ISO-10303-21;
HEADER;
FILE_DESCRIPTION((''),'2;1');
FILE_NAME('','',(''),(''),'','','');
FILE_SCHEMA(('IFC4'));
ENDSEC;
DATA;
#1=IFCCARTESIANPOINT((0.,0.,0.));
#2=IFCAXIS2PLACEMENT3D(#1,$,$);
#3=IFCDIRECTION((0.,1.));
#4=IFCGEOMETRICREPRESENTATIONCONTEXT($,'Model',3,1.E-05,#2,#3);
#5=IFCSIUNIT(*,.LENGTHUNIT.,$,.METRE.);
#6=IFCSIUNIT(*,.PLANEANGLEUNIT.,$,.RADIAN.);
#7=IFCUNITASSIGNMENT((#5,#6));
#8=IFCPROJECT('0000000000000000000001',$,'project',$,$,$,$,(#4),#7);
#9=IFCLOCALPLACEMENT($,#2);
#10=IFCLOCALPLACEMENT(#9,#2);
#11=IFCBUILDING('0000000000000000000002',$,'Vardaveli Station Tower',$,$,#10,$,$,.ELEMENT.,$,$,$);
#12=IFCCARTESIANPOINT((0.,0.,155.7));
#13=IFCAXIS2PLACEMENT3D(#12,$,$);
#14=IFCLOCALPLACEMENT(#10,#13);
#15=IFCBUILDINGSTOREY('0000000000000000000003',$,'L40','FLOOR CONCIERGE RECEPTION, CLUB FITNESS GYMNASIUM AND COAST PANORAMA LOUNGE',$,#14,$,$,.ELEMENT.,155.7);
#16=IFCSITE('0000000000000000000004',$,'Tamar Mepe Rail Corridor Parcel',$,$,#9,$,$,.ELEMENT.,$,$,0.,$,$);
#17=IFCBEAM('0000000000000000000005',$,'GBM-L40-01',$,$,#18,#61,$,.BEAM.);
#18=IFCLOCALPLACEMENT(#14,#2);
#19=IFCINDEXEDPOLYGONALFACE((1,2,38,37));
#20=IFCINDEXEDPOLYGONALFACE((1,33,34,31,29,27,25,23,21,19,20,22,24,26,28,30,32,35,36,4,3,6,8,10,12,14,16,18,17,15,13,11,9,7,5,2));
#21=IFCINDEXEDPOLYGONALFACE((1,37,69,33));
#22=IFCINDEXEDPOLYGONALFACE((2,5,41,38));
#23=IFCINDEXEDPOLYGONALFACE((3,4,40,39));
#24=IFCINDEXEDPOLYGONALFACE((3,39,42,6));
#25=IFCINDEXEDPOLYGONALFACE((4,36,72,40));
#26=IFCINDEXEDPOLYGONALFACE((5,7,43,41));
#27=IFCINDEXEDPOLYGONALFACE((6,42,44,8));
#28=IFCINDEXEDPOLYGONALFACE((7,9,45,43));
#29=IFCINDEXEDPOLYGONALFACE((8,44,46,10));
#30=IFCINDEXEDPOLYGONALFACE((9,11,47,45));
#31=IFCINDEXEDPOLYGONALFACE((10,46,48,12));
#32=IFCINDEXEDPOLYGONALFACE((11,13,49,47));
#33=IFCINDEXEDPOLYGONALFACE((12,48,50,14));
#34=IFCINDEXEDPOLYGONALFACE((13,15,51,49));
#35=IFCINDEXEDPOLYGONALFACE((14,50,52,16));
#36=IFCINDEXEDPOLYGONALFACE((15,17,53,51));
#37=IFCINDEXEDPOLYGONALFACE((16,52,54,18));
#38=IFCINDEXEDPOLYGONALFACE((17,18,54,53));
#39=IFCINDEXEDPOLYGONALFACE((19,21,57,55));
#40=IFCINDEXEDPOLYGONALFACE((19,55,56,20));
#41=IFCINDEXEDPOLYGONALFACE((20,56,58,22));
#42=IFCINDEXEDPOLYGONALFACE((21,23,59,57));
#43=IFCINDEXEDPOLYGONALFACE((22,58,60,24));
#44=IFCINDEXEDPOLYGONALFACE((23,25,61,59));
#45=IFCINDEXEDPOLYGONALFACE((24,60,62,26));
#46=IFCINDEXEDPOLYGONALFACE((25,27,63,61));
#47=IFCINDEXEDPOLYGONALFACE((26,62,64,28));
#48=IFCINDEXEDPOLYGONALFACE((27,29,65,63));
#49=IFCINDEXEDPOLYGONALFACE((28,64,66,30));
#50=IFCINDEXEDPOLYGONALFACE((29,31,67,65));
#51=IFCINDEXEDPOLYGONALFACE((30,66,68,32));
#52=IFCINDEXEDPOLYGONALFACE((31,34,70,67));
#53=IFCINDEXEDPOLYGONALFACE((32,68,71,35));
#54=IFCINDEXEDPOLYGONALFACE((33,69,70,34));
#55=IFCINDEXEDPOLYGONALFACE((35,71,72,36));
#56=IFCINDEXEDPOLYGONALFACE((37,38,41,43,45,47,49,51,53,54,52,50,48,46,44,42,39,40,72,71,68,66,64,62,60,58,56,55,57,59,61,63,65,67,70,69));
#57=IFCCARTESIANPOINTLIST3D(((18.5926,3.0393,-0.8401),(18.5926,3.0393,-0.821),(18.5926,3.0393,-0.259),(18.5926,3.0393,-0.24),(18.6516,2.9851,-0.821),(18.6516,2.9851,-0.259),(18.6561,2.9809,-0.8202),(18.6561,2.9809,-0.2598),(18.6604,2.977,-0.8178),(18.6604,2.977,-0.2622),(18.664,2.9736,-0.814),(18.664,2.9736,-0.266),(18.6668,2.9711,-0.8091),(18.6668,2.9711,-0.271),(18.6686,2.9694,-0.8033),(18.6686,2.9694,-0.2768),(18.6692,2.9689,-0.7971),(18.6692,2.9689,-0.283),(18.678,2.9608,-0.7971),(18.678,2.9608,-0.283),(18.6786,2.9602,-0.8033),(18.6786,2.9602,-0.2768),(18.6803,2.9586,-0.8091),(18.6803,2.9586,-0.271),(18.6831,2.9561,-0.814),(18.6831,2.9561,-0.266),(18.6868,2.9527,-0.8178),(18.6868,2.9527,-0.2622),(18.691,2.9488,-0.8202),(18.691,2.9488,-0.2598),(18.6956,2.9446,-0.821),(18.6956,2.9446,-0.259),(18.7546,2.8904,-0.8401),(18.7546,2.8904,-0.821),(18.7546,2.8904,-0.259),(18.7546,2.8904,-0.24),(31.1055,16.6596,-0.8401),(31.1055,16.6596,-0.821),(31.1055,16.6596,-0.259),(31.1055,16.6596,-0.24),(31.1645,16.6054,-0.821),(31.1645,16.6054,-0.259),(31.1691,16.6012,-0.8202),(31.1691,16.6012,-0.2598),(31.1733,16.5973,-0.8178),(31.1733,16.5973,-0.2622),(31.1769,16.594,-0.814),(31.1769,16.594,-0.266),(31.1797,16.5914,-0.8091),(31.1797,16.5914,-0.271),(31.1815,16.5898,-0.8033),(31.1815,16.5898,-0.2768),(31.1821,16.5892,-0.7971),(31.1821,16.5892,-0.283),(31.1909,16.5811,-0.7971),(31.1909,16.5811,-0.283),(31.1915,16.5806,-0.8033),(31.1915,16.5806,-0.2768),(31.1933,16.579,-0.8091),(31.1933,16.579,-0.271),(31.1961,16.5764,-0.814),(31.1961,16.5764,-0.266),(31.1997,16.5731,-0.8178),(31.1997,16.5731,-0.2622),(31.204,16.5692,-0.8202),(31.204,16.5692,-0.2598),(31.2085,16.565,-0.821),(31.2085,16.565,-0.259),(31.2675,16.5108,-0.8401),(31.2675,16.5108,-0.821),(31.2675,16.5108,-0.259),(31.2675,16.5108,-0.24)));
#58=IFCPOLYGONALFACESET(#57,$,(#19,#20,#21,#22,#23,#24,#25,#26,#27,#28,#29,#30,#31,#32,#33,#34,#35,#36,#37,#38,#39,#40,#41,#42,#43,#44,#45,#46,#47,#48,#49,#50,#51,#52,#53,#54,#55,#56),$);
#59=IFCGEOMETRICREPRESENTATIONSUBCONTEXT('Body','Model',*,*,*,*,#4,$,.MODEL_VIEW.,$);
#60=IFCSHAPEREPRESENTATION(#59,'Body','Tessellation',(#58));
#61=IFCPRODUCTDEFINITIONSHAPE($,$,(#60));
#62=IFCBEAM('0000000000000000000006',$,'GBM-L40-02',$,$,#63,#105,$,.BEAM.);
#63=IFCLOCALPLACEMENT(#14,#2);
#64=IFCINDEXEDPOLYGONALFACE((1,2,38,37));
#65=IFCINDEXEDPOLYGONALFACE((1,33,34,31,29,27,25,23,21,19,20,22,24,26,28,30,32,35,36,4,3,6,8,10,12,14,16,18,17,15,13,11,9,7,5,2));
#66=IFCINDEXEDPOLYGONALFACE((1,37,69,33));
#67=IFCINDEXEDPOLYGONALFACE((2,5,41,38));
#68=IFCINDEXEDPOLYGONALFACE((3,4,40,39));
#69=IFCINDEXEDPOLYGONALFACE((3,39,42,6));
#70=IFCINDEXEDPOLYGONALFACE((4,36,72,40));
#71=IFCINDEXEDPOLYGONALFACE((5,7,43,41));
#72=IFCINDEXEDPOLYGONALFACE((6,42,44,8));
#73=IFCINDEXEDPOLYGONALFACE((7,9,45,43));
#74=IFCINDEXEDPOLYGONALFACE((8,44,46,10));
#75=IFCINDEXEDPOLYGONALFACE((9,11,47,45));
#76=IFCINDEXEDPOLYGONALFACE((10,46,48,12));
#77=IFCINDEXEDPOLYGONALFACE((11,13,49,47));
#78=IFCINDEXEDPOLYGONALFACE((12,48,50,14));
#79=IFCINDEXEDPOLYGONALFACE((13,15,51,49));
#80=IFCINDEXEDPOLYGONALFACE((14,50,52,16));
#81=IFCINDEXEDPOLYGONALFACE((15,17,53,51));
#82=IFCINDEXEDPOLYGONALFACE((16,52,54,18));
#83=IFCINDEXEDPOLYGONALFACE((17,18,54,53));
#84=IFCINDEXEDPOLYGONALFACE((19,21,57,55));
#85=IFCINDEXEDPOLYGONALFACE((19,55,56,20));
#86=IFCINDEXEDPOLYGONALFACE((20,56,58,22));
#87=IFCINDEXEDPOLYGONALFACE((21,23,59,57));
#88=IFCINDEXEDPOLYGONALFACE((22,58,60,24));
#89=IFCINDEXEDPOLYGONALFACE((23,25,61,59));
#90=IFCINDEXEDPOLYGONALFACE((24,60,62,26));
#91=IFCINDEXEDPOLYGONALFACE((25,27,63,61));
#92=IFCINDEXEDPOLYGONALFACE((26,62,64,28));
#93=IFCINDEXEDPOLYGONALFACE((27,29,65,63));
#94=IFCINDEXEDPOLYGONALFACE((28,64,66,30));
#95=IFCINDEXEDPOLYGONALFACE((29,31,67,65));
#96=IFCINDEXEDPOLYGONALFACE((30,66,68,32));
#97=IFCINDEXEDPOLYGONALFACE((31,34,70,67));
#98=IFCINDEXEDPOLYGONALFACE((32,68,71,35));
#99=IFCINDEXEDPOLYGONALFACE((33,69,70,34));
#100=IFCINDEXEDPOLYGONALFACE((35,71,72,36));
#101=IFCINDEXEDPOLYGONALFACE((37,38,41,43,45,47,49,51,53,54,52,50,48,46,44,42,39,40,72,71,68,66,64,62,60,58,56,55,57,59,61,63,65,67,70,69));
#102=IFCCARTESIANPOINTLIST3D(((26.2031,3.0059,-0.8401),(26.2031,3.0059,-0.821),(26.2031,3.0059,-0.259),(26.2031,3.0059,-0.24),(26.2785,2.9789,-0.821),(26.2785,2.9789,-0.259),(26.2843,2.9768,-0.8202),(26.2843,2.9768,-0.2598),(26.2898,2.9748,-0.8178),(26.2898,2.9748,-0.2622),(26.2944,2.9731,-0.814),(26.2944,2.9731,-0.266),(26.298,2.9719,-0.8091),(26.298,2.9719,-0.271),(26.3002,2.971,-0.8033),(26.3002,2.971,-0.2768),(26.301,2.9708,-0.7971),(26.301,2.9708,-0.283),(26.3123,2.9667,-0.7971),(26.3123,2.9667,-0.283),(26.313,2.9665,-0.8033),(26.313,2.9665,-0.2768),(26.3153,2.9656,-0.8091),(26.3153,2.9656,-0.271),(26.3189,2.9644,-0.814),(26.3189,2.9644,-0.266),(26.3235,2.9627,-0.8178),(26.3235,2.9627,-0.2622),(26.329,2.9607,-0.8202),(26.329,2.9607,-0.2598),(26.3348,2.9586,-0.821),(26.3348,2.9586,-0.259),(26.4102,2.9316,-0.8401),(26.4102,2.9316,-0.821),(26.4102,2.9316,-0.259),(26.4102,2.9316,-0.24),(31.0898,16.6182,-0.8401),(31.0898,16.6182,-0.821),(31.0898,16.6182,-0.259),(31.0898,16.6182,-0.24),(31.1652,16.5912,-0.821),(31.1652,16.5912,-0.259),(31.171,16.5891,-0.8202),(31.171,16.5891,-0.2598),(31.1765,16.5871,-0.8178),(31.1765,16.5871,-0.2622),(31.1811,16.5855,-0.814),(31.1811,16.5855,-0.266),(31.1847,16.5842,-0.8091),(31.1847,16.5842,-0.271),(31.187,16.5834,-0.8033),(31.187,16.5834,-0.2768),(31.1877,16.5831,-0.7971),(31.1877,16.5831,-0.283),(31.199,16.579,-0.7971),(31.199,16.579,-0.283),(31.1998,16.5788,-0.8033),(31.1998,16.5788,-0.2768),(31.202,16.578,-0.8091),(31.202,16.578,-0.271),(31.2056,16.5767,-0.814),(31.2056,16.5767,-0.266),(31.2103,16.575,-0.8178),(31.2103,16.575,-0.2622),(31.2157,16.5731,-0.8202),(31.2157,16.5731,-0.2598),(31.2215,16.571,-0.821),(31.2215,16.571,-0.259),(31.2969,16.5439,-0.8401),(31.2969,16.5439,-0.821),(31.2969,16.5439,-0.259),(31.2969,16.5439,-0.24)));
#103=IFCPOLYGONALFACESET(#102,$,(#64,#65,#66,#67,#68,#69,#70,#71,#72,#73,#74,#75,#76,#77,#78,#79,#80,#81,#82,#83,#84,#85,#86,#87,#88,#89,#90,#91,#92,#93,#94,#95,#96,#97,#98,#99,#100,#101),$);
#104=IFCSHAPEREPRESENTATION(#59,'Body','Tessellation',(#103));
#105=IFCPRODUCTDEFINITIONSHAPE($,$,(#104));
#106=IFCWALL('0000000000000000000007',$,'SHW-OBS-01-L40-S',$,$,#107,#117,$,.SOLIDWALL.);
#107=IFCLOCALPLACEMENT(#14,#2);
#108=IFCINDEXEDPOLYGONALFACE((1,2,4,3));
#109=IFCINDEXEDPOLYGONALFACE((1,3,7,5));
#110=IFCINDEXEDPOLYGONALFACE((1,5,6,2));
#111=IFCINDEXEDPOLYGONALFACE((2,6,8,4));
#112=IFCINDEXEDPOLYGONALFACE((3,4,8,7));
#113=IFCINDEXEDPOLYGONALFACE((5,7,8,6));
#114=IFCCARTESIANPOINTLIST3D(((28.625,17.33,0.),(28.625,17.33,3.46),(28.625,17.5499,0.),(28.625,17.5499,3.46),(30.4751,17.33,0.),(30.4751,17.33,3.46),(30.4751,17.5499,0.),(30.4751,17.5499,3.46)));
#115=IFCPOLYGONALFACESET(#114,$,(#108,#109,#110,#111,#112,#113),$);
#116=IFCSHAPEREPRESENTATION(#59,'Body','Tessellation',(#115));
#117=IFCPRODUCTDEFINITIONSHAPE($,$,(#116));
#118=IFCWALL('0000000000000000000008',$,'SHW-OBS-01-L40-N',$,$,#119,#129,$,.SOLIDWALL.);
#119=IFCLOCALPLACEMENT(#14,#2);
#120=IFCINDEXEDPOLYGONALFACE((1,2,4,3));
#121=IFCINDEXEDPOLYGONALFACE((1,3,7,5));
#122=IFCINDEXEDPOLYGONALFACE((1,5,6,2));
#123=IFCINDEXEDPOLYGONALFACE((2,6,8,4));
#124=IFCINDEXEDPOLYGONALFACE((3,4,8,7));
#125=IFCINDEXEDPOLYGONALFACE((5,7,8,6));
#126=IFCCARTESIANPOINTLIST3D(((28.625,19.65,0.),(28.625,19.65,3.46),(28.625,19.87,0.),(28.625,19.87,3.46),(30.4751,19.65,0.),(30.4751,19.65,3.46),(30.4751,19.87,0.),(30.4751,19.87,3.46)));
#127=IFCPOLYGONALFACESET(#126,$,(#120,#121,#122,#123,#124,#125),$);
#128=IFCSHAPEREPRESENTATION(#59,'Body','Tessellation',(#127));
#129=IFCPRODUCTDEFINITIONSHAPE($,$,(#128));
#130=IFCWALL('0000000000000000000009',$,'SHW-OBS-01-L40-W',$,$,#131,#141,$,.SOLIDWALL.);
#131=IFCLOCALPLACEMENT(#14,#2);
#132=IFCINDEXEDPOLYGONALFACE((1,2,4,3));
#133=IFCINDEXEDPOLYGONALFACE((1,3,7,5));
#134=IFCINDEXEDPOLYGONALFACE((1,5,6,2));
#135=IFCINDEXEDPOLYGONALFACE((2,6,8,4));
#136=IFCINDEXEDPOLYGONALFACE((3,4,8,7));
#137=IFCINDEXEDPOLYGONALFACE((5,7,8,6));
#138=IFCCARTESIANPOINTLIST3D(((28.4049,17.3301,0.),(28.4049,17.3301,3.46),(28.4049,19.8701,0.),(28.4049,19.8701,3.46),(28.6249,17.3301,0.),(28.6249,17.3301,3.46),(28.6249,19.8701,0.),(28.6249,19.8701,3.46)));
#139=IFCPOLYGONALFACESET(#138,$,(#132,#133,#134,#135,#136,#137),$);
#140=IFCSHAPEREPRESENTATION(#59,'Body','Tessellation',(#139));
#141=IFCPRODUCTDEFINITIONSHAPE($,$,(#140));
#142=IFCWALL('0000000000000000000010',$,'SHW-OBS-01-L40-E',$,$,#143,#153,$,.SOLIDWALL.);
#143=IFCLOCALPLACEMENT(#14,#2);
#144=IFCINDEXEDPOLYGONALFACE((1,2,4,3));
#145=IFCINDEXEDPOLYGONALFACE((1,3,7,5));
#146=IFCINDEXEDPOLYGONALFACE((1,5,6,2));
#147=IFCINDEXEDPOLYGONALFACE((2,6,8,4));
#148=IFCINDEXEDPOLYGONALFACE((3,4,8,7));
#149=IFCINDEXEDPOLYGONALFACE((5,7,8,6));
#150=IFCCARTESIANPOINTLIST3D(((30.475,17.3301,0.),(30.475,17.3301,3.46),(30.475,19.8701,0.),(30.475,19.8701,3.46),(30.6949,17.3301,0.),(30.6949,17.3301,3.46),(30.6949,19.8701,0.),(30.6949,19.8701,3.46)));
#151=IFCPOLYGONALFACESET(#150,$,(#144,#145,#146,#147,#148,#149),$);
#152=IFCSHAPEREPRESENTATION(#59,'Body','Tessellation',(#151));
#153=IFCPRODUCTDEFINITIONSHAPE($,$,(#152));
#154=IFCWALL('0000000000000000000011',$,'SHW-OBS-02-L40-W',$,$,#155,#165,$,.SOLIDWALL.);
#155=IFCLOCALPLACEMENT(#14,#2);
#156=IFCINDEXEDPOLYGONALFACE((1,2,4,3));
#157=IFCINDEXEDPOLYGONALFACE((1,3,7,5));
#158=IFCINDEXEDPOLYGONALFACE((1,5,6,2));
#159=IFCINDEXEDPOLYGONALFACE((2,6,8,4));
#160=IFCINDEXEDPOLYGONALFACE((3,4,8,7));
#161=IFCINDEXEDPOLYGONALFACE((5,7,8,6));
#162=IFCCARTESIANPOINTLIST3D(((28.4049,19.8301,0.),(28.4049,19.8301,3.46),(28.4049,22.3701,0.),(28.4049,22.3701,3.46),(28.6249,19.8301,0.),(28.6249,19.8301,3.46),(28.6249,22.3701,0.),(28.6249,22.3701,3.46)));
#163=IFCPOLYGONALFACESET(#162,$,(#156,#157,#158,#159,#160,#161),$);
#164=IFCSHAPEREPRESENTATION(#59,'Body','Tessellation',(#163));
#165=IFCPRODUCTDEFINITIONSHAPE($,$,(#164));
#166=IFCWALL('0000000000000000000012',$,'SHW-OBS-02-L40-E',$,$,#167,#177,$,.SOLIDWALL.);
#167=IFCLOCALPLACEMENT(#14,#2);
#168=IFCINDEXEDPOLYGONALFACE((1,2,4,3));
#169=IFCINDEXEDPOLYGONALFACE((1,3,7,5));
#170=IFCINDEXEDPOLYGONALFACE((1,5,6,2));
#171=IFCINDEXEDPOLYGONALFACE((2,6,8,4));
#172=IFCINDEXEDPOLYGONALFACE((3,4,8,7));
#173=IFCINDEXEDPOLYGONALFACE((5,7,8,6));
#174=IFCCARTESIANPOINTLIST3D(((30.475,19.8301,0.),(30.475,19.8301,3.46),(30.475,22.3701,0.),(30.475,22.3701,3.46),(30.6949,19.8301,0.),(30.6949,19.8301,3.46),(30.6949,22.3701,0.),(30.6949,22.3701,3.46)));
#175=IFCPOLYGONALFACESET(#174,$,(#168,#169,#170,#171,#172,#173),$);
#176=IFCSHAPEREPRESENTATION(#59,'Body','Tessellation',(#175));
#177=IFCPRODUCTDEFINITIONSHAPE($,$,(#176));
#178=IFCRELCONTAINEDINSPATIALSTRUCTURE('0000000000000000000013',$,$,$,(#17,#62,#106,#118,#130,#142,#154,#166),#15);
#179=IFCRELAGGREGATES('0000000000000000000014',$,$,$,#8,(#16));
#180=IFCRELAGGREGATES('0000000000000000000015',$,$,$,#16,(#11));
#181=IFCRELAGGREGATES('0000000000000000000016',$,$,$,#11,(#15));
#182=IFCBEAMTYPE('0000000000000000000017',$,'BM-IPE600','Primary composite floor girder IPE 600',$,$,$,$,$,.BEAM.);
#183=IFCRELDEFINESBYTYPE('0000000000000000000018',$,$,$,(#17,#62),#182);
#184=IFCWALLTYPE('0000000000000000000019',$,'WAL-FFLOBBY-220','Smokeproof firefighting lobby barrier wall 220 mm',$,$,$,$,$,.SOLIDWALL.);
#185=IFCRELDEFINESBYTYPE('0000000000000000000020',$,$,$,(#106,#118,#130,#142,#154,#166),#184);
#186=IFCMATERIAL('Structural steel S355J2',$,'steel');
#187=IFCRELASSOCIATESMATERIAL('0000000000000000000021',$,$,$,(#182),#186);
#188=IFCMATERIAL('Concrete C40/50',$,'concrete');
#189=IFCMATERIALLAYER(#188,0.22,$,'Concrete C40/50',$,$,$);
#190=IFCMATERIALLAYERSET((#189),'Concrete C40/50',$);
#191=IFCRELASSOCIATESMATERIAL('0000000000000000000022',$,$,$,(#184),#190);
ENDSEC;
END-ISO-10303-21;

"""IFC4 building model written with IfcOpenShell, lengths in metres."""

from ifc_helpers import new_model, si_unit, direction, frame, frame_2d, origin, origin_2d, place, context, subcontext, project, spatial, rectangle, i_section, extrude, source, transform, mapped, material, layer, layer_set, material_profile, profile_set, type_object, element, save


model = new_model("IFC4")

# Units and contexts
model_context = context("Model", 3, precision=1e-05, world=origin(), true_north=direction((0.0, 1.0)))
body_context = subcontext(model_context, "Body", "Model", "MODEL_VIEW")
ifc_project = project(units=[si_unit("LENGTHUNIT", "METRE"), si_unit("PLANEANGLEUNIT", "RADIAN")], contexts=[model_context])

# Site, building, storey
site_placement = place(None, origin())
site = spatial("IfcSite", under=ifc_project, at=site_placement, Name="Tamar Mepe Rail Corridor Parcel", CompositionType="ELEMENT", RefElevation=0.0)
building_placement = place(site_placement, origin())
building = spatial("IfcBuilding", under=site, at=building_placement, Name="Vardaveli Station Tower", CompositionType="ELEMENT")
storey_placement = place(building_placement, frame((0.0, 0.0, 155.7)))
storey = spatial("IfcBuildingStorey", under=building, at=storey_placement, Name="L40", Description="FLOOR CONCIERGE RECEPTION, CLUB FITNESS GYMNASIUM AND COAST PANORAMA LOUNGE", CompositionType="ELEMENT", Elevation=155.7)

# Beams
ifc_material_1 = material(Name="Structural steel S355J2", Category="steel")
ifc_material_profile_1 = material_profile(ifc_material_1, i_section(OverallWidth=0.22, OverallDepth=0.6001, WebThickness=0.012, FlangeThickness=0.019, FilletRadius=0.0239, at=origin_2d()), Name="IPE 600")
ifc_profile_set_1 = profile_set([ifc_material_profile_1], Name="Structural steel S355J2")
beam_type_1 = type_object("IfcBeamType", Name="BM-IPE600", Description="Primary composite floor girder IPE 600", PredefinedType="BEAM", material=ifc_profile_set_1)
shared_shape_1 = source(origin(), body_context, "Body", "SweptSolid", [
    extrude(i_section(OverallWidth=0.22, OverallDepth=0.6001, WebThickness=0.012, FlangeThickness=0.019, FilletRadius=0.0239, at=origin_2d()), origin(), (0.0, 0.0, 1.0), 18.4956),
])
beam_1_placement = place(storey_placement, frame((18.6736, 2.9648, -0.54), z_axis=(0.676535, 0.73641, 0.0), x_axis=(-0.73641, 0.676535, 0.0)))
element("IfcBeam", 1, at=beam_1_placement, inside=storey, type_object=beam_type_1, Name="GBM-L40-01", PredefinedType="BEAM", context=body_context, shape_type="MappedRepresentation", body=[
    mapped(shared_shape_1, transform((0.0, 0.0, 0.0), scale=1.0)),
])
shared_shape_2 = source(origin(), body_context, "Body", "SweptSolid", [
    extrude(i_section(OverallWidth=0.22, OverallDepth=0.6001, WebThickness=0.012, FlangeThickness=0.019, FilletRadius=0.0239, at=origin_2d()), origin(), (0.0, 0.0, 1.0), 14.4629),
])
beam_2_placement = place(storey_placement, frame((26.3066, 2.9688, -0.54), z_axis=(0.33788, 0.941189, 0.0), x_axis=(-0.941189, 0.33788, 0.0)))
element("IfcBeam", 2, at=beam_2_placement, inside=storey, type_object=beam_type_1, Name="GBM-L40-02", PredefinedType="BEAM", context=body_context, shape_type="MappedRepresentation", body=[
    mapped(shared_shape_2, transform((0.0, 0.0, 0.0), scale=1.0)),
])

# Walls
ifc_material_2 = material(Name="Concrete C40/50", Category="concrete")
ifc_layer_1 = layer(ifc_material_2, 0.22, Name="Concrete C40/50")
ifc_layer_set_1 = layer_set([ifc_layer_1], Name="Concrete C40/50")
wall_type_1 = type_object("IfcWallType", Name="WAL-FFLOBBY-220", Description="Smokeproof firefighting lobby barrier wall 220 mm", PredefinedType="SOLIDWALL", material=ifc_layer_set_1)
shared_shape_3 = source(origin(), body_context, "Body", "SweptSolid", [
    extrude(rectangle(XDim=1.8501, YDim=0.22, at=frame_2d((0.925, 0.0))), origin(), (0.0, 0.0, 1.0), 3.46),
])
for number, where, z_axis, x_axis, name in (
    (3, (28.625, 17.4399, 0.0), (0.0, 0.0, 1.0), (1.0, 0.0, 0.0), "SHW-OBS-01-L40-S"),
    (4, (28.625, 19.76, 0.0), (0.0, 0.0, 1.0), (1.0, 0.0, 0.0), "SHW-OBS-01-L40-N"),
):
    element("IfcWall", number, at=place(storey_placement, frame(where, z_axis=z_axis, x_axis=x_axis)), inside=storey, type_object=wall_type_1, Name=name, PredefinedType="SOLIDWALL", context=body_context, shape_type="MappedRepresentation", body=[
        mapped(shared_shape_3, transform((0.0, 0.0, 0.0), scale=1.0)),
    ])
shared_shape_4 = source(origin(), body_context, "Body", "SweptSolid", [
    extrude(rectangle(XDim=2.54, YDim=0.22, at=frame_2d((1.27, 0.0))), origin(), (0.0, 0.0, 1.0), 3.46),
])
for number, where, z_axis, x_axis, name in (
    (5, (28.5149, 17.3301, 0.0), (0.0, 0.0, 1.0), (0.0, 1.0, 0.0), "SHW-OBS-01-L40-W"),
    (6, (30.585, 17.3301, 0.0), (0.0, 0.0, 1.0), (0.0, 1.0, 0.0), "SHW-OBS-01-L40-E"),
    (7, (28.5149, 19.8301, 0.0), (0.0, 0.0, 1.0), (0.0, 1.0, 0.0), "SHW-OBS-02-L40-W"),
    (8, (30.585, 19.8301, 0.0), (0.0, 0.0, 1.0), (0.0, 1.0, 0.0), "SHW-OBS-02-L40-E"),
):
    element("IfcWall", number, at=place(storey_placement, frame(where, z_axis=z_axis, x_axis=x_axis)), inside=storey, type_object=wall_type_1, Name=name, PredefinedType="SOLIDWALL", context=body_context, shape_type="MappedRepresentation", body=[
        mapped(shared_shape_4, transform((0.0, 0.0, 0.0), scale=1.0)),
    ])

save(model, "model.ifc")
